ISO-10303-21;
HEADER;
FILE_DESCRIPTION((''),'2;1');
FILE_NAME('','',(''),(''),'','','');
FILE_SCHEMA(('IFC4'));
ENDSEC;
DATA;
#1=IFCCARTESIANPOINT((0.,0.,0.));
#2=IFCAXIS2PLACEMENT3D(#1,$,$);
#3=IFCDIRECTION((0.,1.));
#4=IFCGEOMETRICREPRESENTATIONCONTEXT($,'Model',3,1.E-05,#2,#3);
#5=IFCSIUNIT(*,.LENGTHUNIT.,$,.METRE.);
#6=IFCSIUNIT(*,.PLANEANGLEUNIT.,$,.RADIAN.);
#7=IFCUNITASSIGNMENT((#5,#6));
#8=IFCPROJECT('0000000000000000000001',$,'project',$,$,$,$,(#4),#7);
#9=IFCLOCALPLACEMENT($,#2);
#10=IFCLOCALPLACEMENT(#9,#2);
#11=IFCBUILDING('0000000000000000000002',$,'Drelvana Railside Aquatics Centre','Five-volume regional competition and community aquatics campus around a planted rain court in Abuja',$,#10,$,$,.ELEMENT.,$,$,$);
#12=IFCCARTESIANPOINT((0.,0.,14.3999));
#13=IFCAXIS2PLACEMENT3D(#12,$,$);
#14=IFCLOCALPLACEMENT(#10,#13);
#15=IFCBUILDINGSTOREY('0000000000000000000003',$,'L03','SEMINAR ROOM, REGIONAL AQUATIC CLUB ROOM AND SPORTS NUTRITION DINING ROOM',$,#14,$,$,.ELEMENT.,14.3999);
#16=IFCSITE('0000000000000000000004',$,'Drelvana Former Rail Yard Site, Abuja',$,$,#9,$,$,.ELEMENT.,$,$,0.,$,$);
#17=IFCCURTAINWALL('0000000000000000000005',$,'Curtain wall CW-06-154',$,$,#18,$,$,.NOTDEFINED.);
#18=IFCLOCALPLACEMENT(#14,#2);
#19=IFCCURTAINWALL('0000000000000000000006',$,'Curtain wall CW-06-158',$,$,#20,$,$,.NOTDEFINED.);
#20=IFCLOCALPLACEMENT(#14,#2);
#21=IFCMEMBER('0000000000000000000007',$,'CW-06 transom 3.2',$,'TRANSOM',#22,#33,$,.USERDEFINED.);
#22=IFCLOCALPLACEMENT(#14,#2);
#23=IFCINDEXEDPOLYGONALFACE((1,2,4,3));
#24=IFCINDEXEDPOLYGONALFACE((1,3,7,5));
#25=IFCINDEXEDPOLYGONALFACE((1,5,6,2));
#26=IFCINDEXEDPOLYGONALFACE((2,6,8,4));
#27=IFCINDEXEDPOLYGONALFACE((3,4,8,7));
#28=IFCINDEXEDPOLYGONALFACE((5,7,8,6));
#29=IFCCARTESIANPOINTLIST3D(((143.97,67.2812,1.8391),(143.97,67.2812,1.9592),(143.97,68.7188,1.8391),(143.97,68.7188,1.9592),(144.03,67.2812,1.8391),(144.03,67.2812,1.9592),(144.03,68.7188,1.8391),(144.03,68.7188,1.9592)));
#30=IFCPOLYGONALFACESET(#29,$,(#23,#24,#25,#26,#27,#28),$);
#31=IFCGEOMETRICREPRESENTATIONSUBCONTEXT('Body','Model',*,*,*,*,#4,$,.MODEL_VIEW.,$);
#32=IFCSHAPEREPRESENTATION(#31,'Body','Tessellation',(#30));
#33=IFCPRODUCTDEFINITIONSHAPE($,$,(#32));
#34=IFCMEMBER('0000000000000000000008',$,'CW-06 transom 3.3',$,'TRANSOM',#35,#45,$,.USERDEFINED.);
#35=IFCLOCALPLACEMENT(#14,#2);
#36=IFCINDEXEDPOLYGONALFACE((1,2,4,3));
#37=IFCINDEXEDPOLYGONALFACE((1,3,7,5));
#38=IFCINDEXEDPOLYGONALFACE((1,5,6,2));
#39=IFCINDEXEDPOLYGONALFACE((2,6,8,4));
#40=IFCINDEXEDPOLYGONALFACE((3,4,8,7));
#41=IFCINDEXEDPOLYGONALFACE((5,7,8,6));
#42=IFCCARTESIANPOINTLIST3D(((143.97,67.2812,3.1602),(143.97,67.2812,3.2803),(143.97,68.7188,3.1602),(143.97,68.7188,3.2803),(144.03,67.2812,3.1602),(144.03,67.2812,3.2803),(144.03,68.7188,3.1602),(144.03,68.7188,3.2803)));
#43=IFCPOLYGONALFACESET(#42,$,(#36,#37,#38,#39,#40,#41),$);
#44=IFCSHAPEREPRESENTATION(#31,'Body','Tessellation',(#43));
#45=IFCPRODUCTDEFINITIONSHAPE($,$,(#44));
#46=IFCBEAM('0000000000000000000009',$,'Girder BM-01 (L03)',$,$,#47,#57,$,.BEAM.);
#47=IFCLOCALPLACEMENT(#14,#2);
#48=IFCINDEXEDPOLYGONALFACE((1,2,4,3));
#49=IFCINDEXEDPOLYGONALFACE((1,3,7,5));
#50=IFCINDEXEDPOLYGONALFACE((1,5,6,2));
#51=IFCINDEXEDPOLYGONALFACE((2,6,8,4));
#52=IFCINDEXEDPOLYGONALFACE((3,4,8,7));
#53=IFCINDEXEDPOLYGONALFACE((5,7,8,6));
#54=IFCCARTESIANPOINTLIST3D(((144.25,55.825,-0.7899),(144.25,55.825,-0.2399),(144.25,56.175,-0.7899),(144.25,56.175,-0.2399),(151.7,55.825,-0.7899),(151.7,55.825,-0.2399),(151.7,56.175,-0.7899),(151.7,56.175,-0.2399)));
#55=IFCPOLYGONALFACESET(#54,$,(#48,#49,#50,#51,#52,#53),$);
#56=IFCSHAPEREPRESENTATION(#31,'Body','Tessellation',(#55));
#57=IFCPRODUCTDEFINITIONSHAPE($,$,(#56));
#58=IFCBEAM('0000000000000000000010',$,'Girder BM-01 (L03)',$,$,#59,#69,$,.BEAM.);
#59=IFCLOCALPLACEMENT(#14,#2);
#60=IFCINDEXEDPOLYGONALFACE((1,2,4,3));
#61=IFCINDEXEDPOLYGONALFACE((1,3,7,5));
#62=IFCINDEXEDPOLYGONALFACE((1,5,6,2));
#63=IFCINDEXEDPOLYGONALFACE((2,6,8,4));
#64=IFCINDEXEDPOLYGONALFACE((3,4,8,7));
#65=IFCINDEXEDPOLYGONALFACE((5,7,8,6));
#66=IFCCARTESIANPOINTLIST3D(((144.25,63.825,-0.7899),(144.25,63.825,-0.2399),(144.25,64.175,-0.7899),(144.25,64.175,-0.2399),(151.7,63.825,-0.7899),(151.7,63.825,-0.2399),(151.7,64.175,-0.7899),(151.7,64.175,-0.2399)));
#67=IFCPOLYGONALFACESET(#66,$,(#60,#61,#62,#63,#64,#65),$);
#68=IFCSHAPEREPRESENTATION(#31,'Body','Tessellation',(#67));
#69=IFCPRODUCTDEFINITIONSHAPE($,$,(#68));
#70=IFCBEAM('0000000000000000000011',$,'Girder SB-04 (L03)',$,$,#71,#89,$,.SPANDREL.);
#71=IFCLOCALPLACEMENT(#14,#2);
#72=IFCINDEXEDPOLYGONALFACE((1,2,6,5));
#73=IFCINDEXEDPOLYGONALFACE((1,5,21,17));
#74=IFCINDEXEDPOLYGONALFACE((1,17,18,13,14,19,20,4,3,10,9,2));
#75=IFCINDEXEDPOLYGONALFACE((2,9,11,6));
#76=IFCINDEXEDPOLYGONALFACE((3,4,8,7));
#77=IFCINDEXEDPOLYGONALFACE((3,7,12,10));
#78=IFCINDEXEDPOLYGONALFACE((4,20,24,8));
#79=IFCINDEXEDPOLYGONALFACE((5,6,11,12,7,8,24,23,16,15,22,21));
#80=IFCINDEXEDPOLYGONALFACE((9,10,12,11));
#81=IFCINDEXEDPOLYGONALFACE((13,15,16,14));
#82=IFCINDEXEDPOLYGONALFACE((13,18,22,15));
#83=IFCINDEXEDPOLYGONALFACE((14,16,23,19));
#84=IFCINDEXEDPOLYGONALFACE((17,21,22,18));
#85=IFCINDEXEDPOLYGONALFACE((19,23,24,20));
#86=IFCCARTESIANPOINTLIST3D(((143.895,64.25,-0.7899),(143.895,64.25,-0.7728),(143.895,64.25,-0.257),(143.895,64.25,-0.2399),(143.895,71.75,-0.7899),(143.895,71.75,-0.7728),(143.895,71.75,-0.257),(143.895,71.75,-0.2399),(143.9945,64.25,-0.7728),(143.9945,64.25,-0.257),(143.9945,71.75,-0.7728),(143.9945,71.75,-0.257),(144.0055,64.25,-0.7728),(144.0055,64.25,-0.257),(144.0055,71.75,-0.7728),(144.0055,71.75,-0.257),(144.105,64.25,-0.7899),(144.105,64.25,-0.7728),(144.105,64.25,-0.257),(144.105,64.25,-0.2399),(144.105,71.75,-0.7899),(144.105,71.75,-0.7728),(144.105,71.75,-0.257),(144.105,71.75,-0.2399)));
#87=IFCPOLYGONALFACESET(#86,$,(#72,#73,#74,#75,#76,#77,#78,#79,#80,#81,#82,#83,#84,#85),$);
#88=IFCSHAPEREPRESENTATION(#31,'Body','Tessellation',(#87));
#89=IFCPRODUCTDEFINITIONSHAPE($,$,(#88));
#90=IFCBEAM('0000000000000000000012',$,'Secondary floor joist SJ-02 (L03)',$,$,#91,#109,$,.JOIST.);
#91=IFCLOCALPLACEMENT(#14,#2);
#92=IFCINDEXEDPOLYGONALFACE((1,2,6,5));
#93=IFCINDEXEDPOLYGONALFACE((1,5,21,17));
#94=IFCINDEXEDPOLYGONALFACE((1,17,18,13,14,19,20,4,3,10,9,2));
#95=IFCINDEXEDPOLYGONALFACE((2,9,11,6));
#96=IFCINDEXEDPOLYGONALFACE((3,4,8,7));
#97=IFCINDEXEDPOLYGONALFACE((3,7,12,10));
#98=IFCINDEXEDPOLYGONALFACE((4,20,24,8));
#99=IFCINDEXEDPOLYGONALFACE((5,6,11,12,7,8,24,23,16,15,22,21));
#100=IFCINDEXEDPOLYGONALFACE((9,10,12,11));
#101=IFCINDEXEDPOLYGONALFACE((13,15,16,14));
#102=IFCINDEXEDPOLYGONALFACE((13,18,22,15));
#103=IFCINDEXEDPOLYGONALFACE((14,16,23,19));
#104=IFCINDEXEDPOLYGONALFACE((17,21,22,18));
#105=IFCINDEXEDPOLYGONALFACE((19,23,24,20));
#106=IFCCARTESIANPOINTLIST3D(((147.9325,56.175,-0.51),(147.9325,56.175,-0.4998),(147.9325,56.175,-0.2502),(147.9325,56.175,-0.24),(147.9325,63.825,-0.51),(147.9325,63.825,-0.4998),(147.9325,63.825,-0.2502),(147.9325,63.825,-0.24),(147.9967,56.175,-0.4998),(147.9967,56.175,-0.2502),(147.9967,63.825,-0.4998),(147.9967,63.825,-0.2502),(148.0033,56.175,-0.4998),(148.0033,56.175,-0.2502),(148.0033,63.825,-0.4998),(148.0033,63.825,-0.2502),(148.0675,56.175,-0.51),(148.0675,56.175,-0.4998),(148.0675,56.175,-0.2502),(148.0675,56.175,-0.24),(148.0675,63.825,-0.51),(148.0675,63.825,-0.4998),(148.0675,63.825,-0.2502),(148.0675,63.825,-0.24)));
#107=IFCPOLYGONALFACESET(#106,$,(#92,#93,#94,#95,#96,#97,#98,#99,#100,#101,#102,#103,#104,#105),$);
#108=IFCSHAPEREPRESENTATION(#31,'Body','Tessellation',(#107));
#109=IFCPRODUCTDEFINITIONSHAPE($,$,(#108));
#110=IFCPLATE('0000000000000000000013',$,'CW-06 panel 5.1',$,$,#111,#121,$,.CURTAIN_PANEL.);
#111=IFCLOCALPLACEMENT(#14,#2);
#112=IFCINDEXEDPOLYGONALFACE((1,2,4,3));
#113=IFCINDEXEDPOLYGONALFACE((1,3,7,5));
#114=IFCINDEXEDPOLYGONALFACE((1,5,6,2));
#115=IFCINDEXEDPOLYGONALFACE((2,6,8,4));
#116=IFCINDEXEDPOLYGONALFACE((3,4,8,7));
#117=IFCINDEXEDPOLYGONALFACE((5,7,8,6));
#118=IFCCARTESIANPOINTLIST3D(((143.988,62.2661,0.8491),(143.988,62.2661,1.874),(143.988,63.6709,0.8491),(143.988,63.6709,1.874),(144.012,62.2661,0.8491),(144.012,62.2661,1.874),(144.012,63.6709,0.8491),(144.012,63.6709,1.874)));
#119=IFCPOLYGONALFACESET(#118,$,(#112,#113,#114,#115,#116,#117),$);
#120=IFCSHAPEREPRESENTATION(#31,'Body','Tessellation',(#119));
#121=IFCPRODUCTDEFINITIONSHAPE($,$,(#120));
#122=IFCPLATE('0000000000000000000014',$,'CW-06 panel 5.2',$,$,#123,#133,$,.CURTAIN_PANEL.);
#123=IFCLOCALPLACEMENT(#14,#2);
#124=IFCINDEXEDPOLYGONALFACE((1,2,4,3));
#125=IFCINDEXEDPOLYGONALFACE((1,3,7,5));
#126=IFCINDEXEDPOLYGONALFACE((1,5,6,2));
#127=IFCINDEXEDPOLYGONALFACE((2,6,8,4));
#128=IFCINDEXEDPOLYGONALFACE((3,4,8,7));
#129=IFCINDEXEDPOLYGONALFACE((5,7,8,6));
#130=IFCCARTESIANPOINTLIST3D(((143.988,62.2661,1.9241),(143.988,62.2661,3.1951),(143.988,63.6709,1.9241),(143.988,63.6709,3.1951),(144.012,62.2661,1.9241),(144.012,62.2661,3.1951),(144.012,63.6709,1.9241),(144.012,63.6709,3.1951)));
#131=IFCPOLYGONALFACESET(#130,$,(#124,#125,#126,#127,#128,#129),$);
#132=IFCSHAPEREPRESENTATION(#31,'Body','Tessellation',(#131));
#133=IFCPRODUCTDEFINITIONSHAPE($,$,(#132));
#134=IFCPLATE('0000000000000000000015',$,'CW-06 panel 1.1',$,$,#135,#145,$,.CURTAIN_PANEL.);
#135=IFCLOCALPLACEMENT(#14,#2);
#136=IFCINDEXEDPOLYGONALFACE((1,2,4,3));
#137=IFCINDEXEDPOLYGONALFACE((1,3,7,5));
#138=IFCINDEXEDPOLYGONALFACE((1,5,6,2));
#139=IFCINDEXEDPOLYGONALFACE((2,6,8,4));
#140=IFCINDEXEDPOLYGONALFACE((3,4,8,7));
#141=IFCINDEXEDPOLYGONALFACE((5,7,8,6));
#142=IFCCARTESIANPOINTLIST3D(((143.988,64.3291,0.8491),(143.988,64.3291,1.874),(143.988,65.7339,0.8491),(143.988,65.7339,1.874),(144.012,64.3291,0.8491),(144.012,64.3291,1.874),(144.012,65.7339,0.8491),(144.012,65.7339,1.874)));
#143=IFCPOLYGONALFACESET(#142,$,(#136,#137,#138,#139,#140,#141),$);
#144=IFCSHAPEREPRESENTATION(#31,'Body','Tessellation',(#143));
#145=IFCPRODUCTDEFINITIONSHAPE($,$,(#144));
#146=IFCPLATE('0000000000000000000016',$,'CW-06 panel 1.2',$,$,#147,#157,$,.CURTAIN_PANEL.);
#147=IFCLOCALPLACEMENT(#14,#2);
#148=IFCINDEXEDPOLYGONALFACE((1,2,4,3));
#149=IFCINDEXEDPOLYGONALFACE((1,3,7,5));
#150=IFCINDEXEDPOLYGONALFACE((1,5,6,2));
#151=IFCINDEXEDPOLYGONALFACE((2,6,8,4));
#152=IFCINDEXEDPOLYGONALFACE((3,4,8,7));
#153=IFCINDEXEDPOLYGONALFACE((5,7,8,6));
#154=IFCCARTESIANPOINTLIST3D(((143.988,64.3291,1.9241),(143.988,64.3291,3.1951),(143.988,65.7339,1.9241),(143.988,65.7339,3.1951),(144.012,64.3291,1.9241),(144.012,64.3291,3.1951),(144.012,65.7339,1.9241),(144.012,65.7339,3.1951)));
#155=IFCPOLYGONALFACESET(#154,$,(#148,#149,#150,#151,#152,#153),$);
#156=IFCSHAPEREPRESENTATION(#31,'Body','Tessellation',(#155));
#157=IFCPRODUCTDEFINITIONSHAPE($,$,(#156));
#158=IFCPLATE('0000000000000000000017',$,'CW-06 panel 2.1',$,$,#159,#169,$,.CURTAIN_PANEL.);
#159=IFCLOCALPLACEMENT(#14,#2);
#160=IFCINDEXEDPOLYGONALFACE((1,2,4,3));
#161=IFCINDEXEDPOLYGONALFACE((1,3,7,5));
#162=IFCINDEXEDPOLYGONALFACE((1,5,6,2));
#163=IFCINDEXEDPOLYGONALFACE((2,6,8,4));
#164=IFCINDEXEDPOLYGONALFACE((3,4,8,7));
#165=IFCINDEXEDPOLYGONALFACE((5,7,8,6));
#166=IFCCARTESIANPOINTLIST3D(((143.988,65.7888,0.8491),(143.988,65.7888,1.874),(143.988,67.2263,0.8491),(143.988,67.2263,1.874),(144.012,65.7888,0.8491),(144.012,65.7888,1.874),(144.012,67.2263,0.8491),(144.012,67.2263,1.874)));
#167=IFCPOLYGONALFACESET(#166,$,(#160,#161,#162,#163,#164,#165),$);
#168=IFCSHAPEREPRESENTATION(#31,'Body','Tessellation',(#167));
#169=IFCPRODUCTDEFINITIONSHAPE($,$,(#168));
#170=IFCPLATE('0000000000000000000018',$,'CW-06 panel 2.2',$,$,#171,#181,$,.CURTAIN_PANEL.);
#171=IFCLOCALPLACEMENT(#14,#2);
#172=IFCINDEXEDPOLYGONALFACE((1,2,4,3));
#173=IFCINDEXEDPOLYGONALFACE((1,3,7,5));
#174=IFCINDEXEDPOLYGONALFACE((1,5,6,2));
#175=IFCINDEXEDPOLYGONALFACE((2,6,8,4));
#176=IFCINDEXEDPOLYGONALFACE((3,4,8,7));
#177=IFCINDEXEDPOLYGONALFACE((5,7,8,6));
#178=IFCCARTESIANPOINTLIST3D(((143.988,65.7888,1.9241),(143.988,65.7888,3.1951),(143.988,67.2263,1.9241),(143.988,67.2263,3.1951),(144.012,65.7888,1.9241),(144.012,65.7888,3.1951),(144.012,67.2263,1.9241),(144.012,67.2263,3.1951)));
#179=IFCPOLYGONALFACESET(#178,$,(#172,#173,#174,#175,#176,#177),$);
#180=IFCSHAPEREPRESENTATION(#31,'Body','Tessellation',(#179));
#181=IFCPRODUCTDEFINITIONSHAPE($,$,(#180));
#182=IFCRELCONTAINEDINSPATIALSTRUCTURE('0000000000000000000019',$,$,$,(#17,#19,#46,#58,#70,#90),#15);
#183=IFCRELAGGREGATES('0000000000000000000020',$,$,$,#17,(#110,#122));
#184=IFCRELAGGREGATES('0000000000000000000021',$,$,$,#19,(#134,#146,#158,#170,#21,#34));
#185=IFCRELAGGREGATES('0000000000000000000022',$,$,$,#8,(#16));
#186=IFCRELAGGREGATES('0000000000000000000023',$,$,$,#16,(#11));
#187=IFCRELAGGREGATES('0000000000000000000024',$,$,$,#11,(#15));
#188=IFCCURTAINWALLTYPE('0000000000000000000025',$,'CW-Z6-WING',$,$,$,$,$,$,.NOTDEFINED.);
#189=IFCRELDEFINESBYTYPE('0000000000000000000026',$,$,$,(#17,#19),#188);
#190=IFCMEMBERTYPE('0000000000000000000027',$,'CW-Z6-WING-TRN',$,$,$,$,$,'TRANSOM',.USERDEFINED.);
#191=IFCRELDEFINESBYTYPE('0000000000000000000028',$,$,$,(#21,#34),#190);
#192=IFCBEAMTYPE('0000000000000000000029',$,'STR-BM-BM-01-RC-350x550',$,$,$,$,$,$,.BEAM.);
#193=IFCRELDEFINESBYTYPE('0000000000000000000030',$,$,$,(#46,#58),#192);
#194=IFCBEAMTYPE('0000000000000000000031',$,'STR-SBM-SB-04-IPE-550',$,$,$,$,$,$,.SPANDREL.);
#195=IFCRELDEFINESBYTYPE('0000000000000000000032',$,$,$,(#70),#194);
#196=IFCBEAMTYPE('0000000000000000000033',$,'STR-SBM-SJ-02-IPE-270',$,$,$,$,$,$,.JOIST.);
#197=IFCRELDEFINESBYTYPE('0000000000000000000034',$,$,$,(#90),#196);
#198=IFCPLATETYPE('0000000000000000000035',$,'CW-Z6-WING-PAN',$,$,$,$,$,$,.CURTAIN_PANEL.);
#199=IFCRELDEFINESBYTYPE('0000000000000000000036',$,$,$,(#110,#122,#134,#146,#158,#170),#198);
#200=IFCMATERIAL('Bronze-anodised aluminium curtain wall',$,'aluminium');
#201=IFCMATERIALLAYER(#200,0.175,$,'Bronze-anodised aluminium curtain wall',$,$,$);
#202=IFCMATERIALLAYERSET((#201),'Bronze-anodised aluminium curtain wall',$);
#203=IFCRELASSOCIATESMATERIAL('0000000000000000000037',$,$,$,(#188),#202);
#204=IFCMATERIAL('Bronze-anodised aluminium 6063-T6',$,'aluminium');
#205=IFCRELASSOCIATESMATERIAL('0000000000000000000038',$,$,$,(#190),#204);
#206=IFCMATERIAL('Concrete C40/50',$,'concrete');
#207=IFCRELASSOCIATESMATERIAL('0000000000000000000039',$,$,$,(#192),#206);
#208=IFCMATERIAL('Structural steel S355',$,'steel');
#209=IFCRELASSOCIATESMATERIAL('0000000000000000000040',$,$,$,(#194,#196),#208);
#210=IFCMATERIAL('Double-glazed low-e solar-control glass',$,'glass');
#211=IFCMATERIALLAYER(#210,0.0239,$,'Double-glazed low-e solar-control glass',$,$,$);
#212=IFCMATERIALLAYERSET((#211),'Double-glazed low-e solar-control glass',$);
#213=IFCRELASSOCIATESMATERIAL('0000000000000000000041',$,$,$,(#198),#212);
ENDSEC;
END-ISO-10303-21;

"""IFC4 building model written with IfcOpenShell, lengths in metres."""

from ifc_helpers import new_model, si_unit, direction, frame, origin, origin_2d, place, context, subcontext, project, spatial, rectangle, i_section, extrude, material, layer, layer_set, material_profile, profile_set, type_object, element, aggregate, save


model = new_model("IFC4")

# Units and contexts
model_context = context("Model", 3, precision=1e-05, world=origin(), true_north=direction((0.0, 1.0)))
body_context = subcontext(model_context, "Body", "Model", "MODEL_VIEW")
ifc_project = project(units=[si_unit("LENGTHUNIT", "METRE"), si_unit("PLANEANGLEUNIT", "RADIAN")], contexts=[model_context])

# Site, building, storey
site_placement = place(None, origin())
site = spatial("IfcSite", under=ifc_project, at=site_placement, Name="Drelvana Former Rail Yard Site, Abuja", CompositionType="ELEMENT", RefElevation=0.0)
building_placement = place(site_placement, origin())
building = spatial("IfcBuilding", under=site, at=building_placement, Name="Drelvana Railside Aquatics Centre", Description="Five-volume regional competition and community aquatics campus around a planted rain court in Abuja", CompositionType="ELEMENT")
storey_placement = place(building_placement, frame((0.0, 0.0, 14.3999)))
storey = spatial("IfcBuildingStorey", under=building, at=storey_placement, Name="L03", Description="SEMINAR ROOM, REGIONAL AQUATIC CLUB ROOM AND SPORTS NUTRITION DINING ROOM", CompositionType="ELEMENT", Elevation=14.3999)

# Shared definitions
ifc_material_1 = material(Name="Concrete C40/50", Category="concrete")

# Curtain wall
ifc_material_2 = material(Name="Bronze-anodised aluminium curtain wall", Category="aluminium")
ifc_layer_1 = layer(ifc_material_2, 0.175, Name="Bronze-anodised aluminium curtain wall")
ifc_layer_set_1 = layer_set([ifc_layer_1], Name="Bronze-anodised aluminium curtain wall")
curtain_wall_type = type_object("IfcCurtainWallType", Name="CW-Z6-WING", PredefinedType="NOTDEFINED", material=ifc_layer_set_1)
curtain_wall_1_placement = place(storey_placement, origin())
curtain_wall_1 = element("IfcCurtainWall", 1, at=curtain_wall_1_placement, inside=storey, type_object=curtain_wall_type, Name="Curtain wall CW-06-154", PredefinedType="NOTDEFINED")
ifc_material_3 = material(Name="Bronze-anodised aluminium 6063-T6", Category="aluminium")

# Curtain wall
curtain_wall_2_placement = place(storey_placement, origin())
curtain_wall_2 = element("IfcCurtainWall", 2, at=curtain_wall_2_placement, inside=storey, type_object=curtain_wall_type, Name="Curtain wall CW-06-158", PredefinedType="NOTDEFINED")

# Members
ifc_material_profile_1 = material_profile(ifc_material_3, rectangle(XDim=0.1201, YDim=0.0601, at=origin_2d()), Name="ALU-T 60x120")
ifc_profile_set_1 = profile_set([ifc_material_profile_1], Name="Bronze-anodised aluminium 6063-T6")
member_type_1 = type_object("IfcMemberType", Name="CW-Z6-WING-TRN", ElementType="TRANSOM", PredefinedType="USERDEFINED", material=ifc_profile_set_1)
member_1_placement = place(storey_placement, frame((144.0, 67.2812, 1.8992), z_axis=(0.0, 1.0, 0.0), x_axis=(0.0, 0.0, 1.0)))
member_1 = element("IfcMember", 3, at=member_1_placement, type_object=member_type_1, Name="CW-06 transom 3.2", ObjectType="TRANSOM", PredefinedType="USERDEFINED", context=body_context, shape_type="SweptSolid", body=[
    extrude(rectangle(XDim=0.1201, YDim=0.0601, at=origin_2d()), origin(), (0.0, 0.0, 1.0), 1.4375),
])
member_2_placement = place(storey_placement, frame((144.0, 67.2812, 3.2202), z_axis=(0.0, 1.0, 0.0), x_axis=(0.0, 0.0, 1.0)))
member_2 = element("IfcMember", 4, at=member_2_placement, type_object=member_type_1, Name="CW-06 transom 3.3", ObjectType="TRANSOM", PredefinedType="USERDEFINED", context=body_context, shape_type="SweptSolid", body=[
    extrude(rectangle(XDim=0.1201, YDim=0.0601, at=origin_2d()), origin(), (0.0, 0.0, 1.0), 1.4375),
])

# Beams
ifc_material_profile_2 = material_profile(ifc_material_1, rectangle(XDim=0.3501, YDim=0.55, at=origin_2d()), Name="RC 350x550")
ifc_profile_set_2 = profile_set([ifc_material_profile_2], Name="Concrete C40/50")
beam_type_1 = type_object("IfcBeamType", Name="STR-BM-BM-01-RC-350x550", PredefinedType="BEAM", material=ifc_profile_set_2)
for number, where, z_axis, x_axis, name in (
    (5, (144.25, 56.0, -0.5149), (1.0, 0.0, 0.0), (0.0, 1.0, 0.0), "Girder BM-01 (L03)"),
    (6, (144.25, 64.0, -0.5149), (1.0, 0.0, 0.0), (0.0, 1.0, 0.0), "Girder BM-01 (L03)"),
):
    element("IfcBeam", number, at=place(storey_placement, frame(where, z_axis=z_axis, x_axis=x_axis)), inside=storey, type_object=beam_type_1, Name=name, PredefinedType="BEAM", context=body_context, shape_type="SweptSolid", body=[
        extrude(rectangle(XDim=0.3501, YDim=0.55, at=origin_2d()), origin(), (0.0, 0.0, 1.0), 7.45),
    ])
ifc_material_4 = material(Name="Structural steel S355", Category="steel")
ifc_material_profile_3 = material_profile(ifc_material_4, i_section(OverallWidth=0.21, OverallDepth=0.55, WebThickness=0.011, FlangeThickness=0.0171, at=origin_2d()), Name="IPE 550")
ifc_profile_set_3 = profile_set([ifc_material_profile_3], Name="Structural steel S355")
beam_type_2 = type_object("IfcBeamType", Name="STR-SBM-SB-04-IPE-550", PredefinedType="SPANDREL", material=ifc_profile_set_3)
beam_1_placement = place(storey_placement, frame((144.0, 64.25, -0.5149), z_axis=(0.0, 1.0, 0.0), x_axis=(-1.0, 0.0, 0.0)))
element("IfcBeam", 7, at=beam_1_placement, inside=storey, type_object=beam_type_2, Name="Girder SB-04 (L03)", PredefinedType="SPANDREL", context=body_context, shape_type="SweptSolid", body=[
    extrude(i_section(OverallWidth=0.21, OverallDepth=0.55, WebThickness=0.011, FlangeThickness=0.0171, at=origin_2d()), origin(), (0.0, 0.0, 1.0), 7.5),
])
ifc_material_profile_4 = material_profile(ifc_material_4, i_section(OverallWidth=0.135, OverallDepth=0.27, WebThickness=0.0066, FlangeThickness=0.0103, at=origin_2d()), Name="IPE 270")
ifc_profile_set_4 = profile_set([ifc_material_profile_4], Name="Structural steel S355")
beam_type_3 = type_object("IfcBeamType", Name="STR-SBM-SJ-02-IPE-270", PredefinedType="JOIST", material=ifc_profile_set_4)
beam_2_placement = place(storey_placement, frame((148.0, 56.175, -0.375), z_axis=(0.0, 1.0, 0.0), x_axis=(-1.0, 0.0, 0.0)))
element("IfcBeam", 8, at=beam_2_placement, inside=storey, type_object=beam_type_3, Name="Secondary floor joist SJ-02 (L03)", PredefinedType="JOIST", context=body_context, shape_type="SweptSolid", body=[
    extrude(i_section(OverallWidth=0.135, OverallDepth=0.27, WebThickness=0.0066, FlangeThickness=0.0103, at=origin_2d()), origin(), (0.0, 0.0, 1.0), 7.6499),
])

# Plates
ifc_material_5 = material(Name="Double-glazed low-e solar-control glass", Category="glass")
ifc_layer_2 = layer(ifc_material_5, 0.0239, Name="Double-glazed low-e solar-control glass")
ifc_layer_set_2 = layer_set([ifc_layer_2], Name="Double-glazed low-e solar-control glass")
plate_type = type_object("IfcPlateType", Name="CW-Z6-WING-PAN", PredefinedType="CURTAIN_PANEL", material=ifc_layer_set_2)
plate_1_placement = place(storey_placement, frame((144.0, 62.9685, 0.8491), z_axis=(0.0, 0.0, 1.0), x_axis=(0.0, 1.0, 0.0)))
plate_1 = element("IfcPlate", 9, at=plate_1_placement, type_object=plate_type, Name="CW-06 panel 5.1", PredefinedType="CURTAIN_PANEL", context=body_context, shape_type="SweptSolid", body=[
    extrude(rectangle(XDim=1.4048, YDim=0.0239, at=origin_2d()), origin(), (0.0, 0.0, 1.0), 1.0249),
])
plate_2_placement = place(storey_placement, frame((144.0, 62.9685, 1.9241), z_axis=(0.0, 0.0, 1.0), x_axis=(0.0, 1.0, 0.0)))
plate_2 = element("IfcPlate", 10, at=plate_2_placement, type_object=plate_type, Name="CW-06 panel 5.2", PredefinedType="CURTAIN_PANEL", context=body_context, shape_type="SweptSolid", body=[
    extrude(rectangle(XDim=1.4048, YDim=0.0239, at=origin_2d()), origin(), (0.0, 0.0, 1.0), 1.271),
])
aggregate(curtain_wall_1, [plate_1, plate_2])
plate_3_placement = place(storey_placement, frame((144.0, 65.0315, 0.8491), z_axis=(0.0, 0.0, 1.0), x_axis=(0.0, 1.0, 0.0)))
plate_3 = element("IfcPlate", 11, at=plate_3_placement, type_object=plate_type, Name="CW-06 panel 1.1", PredefinedType="CURTAIN_PANEL", context=body_context, shape_type="SweptSolid", body=[
    extrude(rectangle(XDim=1.4048, YDim=0.0239, at=origin_2d()), origin(), (0.0, 0.0, 1.0), 1.0249),
])
plate_4_placement = place(storey_placement, frame((144.0, 65.0315, 1.9241), z_axis=(0.0, 0.0, 1.0), x_axis=(0.0, 1.0, 0.0)))
plate_4 = element("IfcPlate", 12, at=plate_4_placement, type_object=plate_type, Name="CW-06 panel 1.2", PredefinedType="CURTAIN_PANEL", context=body_context, shape_type="SweptSolid", body=[
    extrude(rectangle(XDim=1.4048, YDim=0.0239, at=origin_2d()), origin(), (0.0, 0.0, 1.0), 1.271),
])
plate_5_placement = place(storey_placement, frame((144.0, 66.5076, 0.8491), z_axis=(0.0, 0.0, 1.0), x_axis=(0.0, 1.0, 0.0)))
plate_5 = element("IfcPlate", 13, at=plate_5_placement, type_object=plate_type, Name="CW-06 panel 2.1", PredefinedType="CURTAIN_PANEL", context=body_context, shape_type="SweptSolid", body=[
    extrude(rectangle(XDim=1.4375, YDim=0.0239, at=origin_2d()), origin(), (0.0, 0.0, 1.0), 1.0249),
])
plate_6_placement = place(storey_placement, frame((144.0, 66.5076, 1.9241), z_axis=(0.0, 0.0, 1.0), x_axis=(0.0, 1.0, 0.0)))
plate_6 = element("IfcPlate", 14, at=plate_6_placement, type_object=plate_type, Name="CW-06 panel 2.2", PredefinedType="CURTAIN_PANEL", context=body_context, shape_type="SweptSolid", body=[
    extrude(rectangle(XDim=1.4375, YDim=0.0239, at=origin_2d()), origin(), (0.0, 0.0, 1.0), 1.271),
])
aggregate(curtain_wall_2, [plate_3, plate_4, plate_5, plate_6, member_1, member_2])

save(model, "model.ifc")
